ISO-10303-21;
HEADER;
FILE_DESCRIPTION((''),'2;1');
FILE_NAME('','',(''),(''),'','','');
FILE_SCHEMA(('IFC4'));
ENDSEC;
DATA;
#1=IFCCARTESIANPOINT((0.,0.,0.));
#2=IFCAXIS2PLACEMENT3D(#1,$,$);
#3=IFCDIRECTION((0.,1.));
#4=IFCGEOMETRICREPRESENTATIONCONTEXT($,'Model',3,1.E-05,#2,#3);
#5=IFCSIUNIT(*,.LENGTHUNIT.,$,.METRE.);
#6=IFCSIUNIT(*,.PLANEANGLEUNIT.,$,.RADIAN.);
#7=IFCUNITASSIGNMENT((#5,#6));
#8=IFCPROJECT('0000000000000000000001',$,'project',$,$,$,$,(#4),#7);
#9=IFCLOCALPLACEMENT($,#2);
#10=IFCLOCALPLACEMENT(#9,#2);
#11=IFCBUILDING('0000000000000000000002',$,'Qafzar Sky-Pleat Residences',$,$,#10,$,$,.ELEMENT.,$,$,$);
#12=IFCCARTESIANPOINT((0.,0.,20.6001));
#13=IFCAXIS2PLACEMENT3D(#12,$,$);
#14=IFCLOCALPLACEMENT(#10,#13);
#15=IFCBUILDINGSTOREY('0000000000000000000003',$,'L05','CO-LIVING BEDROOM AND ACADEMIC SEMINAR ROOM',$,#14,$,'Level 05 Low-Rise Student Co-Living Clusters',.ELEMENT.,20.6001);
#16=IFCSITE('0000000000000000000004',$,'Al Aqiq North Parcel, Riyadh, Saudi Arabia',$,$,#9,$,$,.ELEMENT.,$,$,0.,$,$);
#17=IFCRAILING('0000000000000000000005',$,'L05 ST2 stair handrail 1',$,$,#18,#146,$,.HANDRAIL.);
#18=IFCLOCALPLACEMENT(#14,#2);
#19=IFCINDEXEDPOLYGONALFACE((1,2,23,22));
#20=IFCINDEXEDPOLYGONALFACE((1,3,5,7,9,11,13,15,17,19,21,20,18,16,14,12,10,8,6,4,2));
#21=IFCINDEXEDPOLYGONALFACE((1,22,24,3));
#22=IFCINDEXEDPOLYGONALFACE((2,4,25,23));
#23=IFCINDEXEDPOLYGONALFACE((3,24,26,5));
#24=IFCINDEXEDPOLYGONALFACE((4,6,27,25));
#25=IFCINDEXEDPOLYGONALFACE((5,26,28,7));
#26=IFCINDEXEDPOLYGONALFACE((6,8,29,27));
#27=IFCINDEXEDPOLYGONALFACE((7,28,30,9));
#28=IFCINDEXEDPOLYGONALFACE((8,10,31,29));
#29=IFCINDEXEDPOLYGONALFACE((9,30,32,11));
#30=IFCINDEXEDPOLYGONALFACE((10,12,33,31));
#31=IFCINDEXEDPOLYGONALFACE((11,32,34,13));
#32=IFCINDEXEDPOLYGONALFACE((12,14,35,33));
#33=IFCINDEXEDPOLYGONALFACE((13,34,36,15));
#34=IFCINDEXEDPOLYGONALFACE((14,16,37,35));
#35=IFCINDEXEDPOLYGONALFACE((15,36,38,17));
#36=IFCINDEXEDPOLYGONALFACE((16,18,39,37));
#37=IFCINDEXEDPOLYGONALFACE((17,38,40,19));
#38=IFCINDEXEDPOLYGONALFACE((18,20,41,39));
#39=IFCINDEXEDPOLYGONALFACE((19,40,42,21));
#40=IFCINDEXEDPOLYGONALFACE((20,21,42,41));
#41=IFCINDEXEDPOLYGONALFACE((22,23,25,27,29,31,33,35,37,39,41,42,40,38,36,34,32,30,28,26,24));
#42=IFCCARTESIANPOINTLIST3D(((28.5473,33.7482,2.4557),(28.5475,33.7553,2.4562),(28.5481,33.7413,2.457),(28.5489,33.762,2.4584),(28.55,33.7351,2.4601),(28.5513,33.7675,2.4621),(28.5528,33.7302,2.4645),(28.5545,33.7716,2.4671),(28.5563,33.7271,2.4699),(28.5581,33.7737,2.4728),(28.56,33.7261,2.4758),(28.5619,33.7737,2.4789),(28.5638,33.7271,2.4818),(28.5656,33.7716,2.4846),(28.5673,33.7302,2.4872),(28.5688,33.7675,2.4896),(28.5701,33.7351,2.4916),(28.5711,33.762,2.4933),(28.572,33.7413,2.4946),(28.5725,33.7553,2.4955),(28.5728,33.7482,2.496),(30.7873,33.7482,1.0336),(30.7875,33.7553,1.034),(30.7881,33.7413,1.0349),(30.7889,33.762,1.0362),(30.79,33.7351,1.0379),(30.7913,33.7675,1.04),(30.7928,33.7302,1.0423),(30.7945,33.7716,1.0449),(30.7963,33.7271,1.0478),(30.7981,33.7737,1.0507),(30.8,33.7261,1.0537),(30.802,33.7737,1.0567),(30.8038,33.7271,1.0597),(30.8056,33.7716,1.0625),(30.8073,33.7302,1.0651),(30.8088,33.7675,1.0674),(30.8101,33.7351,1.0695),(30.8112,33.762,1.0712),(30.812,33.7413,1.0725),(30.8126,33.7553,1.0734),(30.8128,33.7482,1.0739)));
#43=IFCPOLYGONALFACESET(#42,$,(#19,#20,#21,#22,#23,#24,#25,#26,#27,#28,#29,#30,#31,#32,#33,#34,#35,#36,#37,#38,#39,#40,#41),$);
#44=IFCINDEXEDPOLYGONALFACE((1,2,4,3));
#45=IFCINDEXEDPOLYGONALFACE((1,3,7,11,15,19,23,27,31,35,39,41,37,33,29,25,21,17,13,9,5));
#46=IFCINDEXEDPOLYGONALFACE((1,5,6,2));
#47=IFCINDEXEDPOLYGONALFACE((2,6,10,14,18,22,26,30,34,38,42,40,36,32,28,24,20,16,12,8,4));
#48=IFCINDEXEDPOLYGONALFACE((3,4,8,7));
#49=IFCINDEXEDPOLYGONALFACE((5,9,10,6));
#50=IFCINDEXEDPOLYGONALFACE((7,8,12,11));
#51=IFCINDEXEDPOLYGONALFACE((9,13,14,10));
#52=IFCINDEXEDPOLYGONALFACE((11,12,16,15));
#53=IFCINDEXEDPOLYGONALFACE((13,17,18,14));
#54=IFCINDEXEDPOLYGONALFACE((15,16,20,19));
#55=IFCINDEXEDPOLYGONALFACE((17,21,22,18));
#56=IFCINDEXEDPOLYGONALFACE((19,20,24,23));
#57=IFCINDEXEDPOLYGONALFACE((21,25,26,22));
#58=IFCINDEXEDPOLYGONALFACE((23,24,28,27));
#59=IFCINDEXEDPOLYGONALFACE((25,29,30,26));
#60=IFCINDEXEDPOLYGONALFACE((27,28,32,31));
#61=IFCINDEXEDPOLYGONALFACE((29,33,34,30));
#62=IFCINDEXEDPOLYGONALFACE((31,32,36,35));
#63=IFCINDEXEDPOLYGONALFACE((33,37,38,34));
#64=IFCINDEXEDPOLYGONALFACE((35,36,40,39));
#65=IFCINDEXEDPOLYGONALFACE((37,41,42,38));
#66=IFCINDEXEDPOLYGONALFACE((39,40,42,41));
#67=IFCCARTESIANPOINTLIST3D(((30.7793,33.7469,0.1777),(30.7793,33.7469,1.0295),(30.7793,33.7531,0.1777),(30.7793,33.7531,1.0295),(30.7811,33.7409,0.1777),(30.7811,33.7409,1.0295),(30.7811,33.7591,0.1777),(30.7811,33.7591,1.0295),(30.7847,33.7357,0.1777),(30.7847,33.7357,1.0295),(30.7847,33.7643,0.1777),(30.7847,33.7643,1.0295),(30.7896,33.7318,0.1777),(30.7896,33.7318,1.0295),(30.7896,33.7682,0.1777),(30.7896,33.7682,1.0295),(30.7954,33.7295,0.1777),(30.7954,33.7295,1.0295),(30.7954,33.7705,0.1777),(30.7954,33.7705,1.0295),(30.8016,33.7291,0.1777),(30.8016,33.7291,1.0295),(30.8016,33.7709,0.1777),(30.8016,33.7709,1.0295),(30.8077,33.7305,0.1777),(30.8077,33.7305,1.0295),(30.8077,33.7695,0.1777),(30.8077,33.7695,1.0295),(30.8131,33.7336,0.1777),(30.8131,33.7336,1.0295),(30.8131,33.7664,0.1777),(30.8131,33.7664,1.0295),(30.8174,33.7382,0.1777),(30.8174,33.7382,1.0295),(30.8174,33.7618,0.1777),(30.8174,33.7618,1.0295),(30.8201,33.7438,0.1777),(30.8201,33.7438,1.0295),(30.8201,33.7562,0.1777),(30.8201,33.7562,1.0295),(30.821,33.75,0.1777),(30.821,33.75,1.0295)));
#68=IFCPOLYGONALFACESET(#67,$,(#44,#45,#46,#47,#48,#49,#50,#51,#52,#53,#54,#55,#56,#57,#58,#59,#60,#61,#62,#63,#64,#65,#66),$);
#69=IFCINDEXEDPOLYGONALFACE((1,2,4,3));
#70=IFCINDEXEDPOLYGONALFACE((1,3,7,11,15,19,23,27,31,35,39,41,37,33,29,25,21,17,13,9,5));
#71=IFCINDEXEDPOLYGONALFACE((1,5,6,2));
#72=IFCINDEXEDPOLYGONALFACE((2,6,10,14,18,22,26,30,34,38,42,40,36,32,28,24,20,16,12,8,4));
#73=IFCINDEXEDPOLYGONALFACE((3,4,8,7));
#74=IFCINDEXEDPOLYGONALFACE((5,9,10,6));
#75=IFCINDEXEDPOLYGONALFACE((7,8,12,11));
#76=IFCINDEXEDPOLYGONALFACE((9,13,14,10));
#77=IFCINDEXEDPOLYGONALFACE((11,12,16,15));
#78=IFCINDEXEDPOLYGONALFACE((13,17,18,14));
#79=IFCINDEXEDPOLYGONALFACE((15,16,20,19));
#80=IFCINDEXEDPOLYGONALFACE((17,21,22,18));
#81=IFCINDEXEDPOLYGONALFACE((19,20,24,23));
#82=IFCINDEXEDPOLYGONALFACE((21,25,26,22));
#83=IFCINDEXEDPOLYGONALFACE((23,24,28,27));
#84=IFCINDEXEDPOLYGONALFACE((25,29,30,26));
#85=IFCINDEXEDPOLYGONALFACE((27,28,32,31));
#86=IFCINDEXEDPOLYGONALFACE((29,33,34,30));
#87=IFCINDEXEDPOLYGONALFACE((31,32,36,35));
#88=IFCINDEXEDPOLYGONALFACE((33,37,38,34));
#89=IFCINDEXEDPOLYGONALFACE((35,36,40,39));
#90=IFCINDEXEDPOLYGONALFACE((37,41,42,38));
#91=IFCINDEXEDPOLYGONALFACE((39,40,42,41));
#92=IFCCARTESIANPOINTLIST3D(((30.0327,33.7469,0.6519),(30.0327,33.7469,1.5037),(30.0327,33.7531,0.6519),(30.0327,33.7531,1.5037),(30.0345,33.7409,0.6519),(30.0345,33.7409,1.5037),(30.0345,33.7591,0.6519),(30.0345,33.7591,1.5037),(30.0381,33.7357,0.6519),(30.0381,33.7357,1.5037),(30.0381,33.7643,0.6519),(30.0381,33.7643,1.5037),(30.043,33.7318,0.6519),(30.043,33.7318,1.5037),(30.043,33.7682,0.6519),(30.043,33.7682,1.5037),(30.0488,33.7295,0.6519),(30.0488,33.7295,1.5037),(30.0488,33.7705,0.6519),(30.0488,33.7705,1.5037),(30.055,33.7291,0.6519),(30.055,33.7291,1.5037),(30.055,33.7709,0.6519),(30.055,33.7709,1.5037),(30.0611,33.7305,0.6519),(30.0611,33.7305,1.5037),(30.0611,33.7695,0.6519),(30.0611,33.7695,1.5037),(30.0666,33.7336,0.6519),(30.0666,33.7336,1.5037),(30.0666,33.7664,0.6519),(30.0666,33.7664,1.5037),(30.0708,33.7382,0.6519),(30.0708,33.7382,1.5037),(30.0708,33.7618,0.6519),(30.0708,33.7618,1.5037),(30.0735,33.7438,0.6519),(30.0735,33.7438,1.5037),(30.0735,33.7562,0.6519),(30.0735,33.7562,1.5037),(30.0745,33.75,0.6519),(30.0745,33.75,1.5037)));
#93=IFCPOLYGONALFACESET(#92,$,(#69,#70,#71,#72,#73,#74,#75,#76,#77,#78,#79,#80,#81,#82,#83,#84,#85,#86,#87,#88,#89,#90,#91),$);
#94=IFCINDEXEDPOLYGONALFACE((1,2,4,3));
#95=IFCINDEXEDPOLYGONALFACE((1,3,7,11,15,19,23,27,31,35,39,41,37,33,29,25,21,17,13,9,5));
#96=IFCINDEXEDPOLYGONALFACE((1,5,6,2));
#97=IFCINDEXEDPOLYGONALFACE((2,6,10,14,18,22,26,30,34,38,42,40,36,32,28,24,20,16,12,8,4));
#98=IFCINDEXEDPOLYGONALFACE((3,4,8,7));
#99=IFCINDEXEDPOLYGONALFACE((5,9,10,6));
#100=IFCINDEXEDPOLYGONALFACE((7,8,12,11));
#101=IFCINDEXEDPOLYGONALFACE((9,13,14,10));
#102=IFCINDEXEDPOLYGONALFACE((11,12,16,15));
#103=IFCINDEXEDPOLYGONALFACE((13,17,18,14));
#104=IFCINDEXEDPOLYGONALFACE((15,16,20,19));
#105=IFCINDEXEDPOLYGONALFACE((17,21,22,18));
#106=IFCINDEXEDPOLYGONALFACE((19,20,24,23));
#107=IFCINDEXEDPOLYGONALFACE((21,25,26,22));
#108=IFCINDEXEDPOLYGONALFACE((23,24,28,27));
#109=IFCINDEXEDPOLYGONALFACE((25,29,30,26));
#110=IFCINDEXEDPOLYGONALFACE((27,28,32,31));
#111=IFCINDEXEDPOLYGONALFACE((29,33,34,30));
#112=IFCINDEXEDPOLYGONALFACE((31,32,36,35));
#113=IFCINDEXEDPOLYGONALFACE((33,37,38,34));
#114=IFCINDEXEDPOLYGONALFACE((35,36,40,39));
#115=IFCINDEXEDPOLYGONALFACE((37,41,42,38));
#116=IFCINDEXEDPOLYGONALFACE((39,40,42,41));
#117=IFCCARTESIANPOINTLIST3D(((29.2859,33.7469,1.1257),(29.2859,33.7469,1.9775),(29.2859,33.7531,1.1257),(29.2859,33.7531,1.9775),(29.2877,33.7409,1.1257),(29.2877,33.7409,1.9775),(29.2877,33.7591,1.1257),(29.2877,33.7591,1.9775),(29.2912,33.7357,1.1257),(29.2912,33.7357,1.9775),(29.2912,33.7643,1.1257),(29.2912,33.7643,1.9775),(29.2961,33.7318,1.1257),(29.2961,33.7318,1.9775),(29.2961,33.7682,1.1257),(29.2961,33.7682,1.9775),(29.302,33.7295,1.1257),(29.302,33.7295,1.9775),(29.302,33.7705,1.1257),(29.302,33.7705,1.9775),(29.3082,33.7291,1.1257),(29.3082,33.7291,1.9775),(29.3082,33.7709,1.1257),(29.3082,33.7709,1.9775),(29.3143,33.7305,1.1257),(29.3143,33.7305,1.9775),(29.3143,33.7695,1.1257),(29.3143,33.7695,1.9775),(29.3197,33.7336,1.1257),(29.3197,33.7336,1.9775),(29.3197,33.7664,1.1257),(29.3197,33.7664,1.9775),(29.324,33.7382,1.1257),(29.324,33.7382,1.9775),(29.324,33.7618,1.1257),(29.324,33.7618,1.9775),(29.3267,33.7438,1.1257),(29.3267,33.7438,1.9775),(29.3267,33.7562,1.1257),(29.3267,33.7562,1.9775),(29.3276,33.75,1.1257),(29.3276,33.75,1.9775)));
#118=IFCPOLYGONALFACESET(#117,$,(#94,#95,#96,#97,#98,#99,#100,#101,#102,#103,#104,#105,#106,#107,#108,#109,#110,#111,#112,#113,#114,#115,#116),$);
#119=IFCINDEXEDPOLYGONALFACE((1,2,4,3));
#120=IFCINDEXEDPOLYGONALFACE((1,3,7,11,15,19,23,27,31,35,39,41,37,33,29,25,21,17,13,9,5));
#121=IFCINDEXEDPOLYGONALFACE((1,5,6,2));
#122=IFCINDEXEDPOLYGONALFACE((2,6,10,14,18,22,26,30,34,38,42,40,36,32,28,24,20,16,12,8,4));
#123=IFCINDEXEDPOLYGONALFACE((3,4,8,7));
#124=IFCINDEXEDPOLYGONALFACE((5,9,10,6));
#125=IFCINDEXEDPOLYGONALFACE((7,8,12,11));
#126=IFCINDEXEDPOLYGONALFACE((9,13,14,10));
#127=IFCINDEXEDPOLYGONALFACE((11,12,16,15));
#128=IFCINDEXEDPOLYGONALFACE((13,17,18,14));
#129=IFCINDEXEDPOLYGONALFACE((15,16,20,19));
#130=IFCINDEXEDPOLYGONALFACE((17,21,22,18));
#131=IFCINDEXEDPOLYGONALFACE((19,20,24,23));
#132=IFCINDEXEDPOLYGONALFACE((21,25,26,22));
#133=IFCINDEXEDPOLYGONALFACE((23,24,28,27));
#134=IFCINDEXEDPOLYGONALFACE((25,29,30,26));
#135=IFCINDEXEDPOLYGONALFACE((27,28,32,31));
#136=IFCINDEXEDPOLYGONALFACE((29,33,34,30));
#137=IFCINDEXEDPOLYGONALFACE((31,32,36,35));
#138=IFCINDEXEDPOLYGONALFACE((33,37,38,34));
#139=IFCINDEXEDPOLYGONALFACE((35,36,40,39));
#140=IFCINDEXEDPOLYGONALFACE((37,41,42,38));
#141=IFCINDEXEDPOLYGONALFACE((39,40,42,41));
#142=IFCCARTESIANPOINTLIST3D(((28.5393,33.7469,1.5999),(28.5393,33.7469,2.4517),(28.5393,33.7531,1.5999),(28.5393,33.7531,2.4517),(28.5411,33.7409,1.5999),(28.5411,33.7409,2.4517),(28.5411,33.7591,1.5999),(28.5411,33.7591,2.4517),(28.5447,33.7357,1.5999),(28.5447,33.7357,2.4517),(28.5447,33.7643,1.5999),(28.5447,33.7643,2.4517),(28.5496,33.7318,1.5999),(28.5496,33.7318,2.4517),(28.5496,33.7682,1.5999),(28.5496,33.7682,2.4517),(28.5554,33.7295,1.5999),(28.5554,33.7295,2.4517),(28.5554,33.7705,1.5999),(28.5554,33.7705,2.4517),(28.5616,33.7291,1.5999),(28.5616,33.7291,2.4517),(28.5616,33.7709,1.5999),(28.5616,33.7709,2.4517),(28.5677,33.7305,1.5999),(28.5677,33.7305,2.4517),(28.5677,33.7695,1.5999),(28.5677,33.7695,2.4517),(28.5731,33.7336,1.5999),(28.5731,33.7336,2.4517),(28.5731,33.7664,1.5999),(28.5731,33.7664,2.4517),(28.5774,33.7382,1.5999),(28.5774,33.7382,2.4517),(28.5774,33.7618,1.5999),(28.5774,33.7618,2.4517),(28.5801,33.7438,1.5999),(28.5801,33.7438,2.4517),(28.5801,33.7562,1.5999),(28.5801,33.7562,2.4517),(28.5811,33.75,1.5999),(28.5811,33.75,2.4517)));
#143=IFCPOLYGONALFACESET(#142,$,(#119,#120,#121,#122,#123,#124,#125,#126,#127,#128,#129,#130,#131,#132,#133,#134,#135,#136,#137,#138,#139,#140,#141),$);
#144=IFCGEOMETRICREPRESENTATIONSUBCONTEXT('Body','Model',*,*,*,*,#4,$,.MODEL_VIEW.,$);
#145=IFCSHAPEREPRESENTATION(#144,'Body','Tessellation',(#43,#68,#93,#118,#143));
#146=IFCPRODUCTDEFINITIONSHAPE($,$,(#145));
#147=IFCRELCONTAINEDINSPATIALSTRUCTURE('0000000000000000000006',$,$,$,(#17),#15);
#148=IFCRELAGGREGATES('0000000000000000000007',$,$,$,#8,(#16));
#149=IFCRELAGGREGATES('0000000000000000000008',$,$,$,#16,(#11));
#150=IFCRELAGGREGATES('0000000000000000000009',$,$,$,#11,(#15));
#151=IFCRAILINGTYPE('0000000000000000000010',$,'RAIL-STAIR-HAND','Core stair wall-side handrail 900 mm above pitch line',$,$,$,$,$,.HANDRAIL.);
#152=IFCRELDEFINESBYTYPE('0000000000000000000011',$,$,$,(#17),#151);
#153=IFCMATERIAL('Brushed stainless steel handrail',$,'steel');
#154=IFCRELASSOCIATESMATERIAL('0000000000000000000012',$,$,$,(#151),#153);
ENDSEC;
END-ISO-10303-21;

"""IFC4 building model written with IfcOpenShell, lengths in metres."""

from ifc_helpers import new_model, si_unit, direction, frame, origin, origin_2d, place, context, subcontext, project, spatial, circle, extrude, source, transform, mapped, material, type_object, element, save


model = new_model("IFC4")

# Units and contexts
model_context = context("Model", 3, precision=1e-05, world=origin(), true_north=direction((0.0, 1.0)))
body_context = subcontext(model_context, "Body", "Model", "MODEL_VIEW")
ifc_project = project(units=[si_unit("LENGTHUNIT", "METRE"), si_unit("PLANEANGLEUNIT", "RADIAN")], contexts=[model_context])

# Site, building, storey
site_placement = place(None, origin())
site = spatial("IfcSite", under=ifc_project, at=site_placement, Name="Al Aqiq North Parcel, Riyadh, Saudi Arabia", CompositionType="ELEMENT", RefElevation=0.0)
building_placement = place(site_placement, origin())
building = spatial("IfcBuilding", under=site, at=building_placement, Name="Qafzar Sky-Pleat Residences", CompositionType="ELEMENT")
storey_placement = place(building_placement, frame((0.0, 0.0, 20.6001)))
storey = spatial("IfcBuildingStorey", under=building, at=storey_placement, Name="L05", Description="CO-LIVING BEDROOM AND ACADEMIC SEMINAR ROOM", LongName="Level 05 Low-Rise Student Co-Living Clusters", CompositionType="ELEMENT", Elevation=20.6001)

# Railing
ifc_material_1 = material(Name="Brushed stainless steel handrail", Category="steel")
railing_type_1 = type_object("IfcRailingType", Name="RAIL-STAIR-HAND", Description="Core stair wall-side handrail 900 mm above pitch line", PredefinedType="HANDRAIL", material=ifc_material_1)
shared_shape_1 = source(origin(), body_context, "Body", "SweptSolid", [
    extrude(circle(Radius=0.0239, at=origin_2d()), frame((0.0, 0.0, 0.876), z_axis=(-0.844229, 0.0, 0.535982), x_axis=(0.0, -1.0, 0.0)), (0.0, 0.0, 1.0), 2.6533),
    extrude(circle(Radius=0.021, at=origin_2d()), origin(), (0.0, 0.0, 1.0), 0.8518),
    extrude(circle(Radius=0.021, at=origin_2d()), frame((-0.7466, 0.0, 0.4741)), (0.0, 0.0, 1.0), 0.8518),
    extrude(circle(Radius=0.021, at=origin_2d()), frame((-1.4934, 0.0, 0.948)), (0.0, 0.0, 1.0), 0.8518),
    extrude(circle(Radius=0.021, at=origin_2d()), frame((-2.24, 0.0, 1.4221)), (0.0, 0.0, 1.0), 0.8518),
])
railing_1_placement = place(storey_placement, frame((30.8, 33.75, 0.1777)))
element("IfcRailing", 1, at=railing_1_placement, inside=storey, type_object=railing_type_1, Name="L05 ST2 stair handrail 1", PredefinedType="HANDRAIL", context=body_context, shape_type="MappedRepresentation", body=[
    mapped(shared_shape_1, transform((0.0, 0.0, 0.0), x_axis=(1.0, 0.0, 0.0), y_axis=(0.0, 1.0, 0.0), z_axis=(0.0, 0.0, 1.0), scale=1.0)),
])

save(model, "model.ifc")
